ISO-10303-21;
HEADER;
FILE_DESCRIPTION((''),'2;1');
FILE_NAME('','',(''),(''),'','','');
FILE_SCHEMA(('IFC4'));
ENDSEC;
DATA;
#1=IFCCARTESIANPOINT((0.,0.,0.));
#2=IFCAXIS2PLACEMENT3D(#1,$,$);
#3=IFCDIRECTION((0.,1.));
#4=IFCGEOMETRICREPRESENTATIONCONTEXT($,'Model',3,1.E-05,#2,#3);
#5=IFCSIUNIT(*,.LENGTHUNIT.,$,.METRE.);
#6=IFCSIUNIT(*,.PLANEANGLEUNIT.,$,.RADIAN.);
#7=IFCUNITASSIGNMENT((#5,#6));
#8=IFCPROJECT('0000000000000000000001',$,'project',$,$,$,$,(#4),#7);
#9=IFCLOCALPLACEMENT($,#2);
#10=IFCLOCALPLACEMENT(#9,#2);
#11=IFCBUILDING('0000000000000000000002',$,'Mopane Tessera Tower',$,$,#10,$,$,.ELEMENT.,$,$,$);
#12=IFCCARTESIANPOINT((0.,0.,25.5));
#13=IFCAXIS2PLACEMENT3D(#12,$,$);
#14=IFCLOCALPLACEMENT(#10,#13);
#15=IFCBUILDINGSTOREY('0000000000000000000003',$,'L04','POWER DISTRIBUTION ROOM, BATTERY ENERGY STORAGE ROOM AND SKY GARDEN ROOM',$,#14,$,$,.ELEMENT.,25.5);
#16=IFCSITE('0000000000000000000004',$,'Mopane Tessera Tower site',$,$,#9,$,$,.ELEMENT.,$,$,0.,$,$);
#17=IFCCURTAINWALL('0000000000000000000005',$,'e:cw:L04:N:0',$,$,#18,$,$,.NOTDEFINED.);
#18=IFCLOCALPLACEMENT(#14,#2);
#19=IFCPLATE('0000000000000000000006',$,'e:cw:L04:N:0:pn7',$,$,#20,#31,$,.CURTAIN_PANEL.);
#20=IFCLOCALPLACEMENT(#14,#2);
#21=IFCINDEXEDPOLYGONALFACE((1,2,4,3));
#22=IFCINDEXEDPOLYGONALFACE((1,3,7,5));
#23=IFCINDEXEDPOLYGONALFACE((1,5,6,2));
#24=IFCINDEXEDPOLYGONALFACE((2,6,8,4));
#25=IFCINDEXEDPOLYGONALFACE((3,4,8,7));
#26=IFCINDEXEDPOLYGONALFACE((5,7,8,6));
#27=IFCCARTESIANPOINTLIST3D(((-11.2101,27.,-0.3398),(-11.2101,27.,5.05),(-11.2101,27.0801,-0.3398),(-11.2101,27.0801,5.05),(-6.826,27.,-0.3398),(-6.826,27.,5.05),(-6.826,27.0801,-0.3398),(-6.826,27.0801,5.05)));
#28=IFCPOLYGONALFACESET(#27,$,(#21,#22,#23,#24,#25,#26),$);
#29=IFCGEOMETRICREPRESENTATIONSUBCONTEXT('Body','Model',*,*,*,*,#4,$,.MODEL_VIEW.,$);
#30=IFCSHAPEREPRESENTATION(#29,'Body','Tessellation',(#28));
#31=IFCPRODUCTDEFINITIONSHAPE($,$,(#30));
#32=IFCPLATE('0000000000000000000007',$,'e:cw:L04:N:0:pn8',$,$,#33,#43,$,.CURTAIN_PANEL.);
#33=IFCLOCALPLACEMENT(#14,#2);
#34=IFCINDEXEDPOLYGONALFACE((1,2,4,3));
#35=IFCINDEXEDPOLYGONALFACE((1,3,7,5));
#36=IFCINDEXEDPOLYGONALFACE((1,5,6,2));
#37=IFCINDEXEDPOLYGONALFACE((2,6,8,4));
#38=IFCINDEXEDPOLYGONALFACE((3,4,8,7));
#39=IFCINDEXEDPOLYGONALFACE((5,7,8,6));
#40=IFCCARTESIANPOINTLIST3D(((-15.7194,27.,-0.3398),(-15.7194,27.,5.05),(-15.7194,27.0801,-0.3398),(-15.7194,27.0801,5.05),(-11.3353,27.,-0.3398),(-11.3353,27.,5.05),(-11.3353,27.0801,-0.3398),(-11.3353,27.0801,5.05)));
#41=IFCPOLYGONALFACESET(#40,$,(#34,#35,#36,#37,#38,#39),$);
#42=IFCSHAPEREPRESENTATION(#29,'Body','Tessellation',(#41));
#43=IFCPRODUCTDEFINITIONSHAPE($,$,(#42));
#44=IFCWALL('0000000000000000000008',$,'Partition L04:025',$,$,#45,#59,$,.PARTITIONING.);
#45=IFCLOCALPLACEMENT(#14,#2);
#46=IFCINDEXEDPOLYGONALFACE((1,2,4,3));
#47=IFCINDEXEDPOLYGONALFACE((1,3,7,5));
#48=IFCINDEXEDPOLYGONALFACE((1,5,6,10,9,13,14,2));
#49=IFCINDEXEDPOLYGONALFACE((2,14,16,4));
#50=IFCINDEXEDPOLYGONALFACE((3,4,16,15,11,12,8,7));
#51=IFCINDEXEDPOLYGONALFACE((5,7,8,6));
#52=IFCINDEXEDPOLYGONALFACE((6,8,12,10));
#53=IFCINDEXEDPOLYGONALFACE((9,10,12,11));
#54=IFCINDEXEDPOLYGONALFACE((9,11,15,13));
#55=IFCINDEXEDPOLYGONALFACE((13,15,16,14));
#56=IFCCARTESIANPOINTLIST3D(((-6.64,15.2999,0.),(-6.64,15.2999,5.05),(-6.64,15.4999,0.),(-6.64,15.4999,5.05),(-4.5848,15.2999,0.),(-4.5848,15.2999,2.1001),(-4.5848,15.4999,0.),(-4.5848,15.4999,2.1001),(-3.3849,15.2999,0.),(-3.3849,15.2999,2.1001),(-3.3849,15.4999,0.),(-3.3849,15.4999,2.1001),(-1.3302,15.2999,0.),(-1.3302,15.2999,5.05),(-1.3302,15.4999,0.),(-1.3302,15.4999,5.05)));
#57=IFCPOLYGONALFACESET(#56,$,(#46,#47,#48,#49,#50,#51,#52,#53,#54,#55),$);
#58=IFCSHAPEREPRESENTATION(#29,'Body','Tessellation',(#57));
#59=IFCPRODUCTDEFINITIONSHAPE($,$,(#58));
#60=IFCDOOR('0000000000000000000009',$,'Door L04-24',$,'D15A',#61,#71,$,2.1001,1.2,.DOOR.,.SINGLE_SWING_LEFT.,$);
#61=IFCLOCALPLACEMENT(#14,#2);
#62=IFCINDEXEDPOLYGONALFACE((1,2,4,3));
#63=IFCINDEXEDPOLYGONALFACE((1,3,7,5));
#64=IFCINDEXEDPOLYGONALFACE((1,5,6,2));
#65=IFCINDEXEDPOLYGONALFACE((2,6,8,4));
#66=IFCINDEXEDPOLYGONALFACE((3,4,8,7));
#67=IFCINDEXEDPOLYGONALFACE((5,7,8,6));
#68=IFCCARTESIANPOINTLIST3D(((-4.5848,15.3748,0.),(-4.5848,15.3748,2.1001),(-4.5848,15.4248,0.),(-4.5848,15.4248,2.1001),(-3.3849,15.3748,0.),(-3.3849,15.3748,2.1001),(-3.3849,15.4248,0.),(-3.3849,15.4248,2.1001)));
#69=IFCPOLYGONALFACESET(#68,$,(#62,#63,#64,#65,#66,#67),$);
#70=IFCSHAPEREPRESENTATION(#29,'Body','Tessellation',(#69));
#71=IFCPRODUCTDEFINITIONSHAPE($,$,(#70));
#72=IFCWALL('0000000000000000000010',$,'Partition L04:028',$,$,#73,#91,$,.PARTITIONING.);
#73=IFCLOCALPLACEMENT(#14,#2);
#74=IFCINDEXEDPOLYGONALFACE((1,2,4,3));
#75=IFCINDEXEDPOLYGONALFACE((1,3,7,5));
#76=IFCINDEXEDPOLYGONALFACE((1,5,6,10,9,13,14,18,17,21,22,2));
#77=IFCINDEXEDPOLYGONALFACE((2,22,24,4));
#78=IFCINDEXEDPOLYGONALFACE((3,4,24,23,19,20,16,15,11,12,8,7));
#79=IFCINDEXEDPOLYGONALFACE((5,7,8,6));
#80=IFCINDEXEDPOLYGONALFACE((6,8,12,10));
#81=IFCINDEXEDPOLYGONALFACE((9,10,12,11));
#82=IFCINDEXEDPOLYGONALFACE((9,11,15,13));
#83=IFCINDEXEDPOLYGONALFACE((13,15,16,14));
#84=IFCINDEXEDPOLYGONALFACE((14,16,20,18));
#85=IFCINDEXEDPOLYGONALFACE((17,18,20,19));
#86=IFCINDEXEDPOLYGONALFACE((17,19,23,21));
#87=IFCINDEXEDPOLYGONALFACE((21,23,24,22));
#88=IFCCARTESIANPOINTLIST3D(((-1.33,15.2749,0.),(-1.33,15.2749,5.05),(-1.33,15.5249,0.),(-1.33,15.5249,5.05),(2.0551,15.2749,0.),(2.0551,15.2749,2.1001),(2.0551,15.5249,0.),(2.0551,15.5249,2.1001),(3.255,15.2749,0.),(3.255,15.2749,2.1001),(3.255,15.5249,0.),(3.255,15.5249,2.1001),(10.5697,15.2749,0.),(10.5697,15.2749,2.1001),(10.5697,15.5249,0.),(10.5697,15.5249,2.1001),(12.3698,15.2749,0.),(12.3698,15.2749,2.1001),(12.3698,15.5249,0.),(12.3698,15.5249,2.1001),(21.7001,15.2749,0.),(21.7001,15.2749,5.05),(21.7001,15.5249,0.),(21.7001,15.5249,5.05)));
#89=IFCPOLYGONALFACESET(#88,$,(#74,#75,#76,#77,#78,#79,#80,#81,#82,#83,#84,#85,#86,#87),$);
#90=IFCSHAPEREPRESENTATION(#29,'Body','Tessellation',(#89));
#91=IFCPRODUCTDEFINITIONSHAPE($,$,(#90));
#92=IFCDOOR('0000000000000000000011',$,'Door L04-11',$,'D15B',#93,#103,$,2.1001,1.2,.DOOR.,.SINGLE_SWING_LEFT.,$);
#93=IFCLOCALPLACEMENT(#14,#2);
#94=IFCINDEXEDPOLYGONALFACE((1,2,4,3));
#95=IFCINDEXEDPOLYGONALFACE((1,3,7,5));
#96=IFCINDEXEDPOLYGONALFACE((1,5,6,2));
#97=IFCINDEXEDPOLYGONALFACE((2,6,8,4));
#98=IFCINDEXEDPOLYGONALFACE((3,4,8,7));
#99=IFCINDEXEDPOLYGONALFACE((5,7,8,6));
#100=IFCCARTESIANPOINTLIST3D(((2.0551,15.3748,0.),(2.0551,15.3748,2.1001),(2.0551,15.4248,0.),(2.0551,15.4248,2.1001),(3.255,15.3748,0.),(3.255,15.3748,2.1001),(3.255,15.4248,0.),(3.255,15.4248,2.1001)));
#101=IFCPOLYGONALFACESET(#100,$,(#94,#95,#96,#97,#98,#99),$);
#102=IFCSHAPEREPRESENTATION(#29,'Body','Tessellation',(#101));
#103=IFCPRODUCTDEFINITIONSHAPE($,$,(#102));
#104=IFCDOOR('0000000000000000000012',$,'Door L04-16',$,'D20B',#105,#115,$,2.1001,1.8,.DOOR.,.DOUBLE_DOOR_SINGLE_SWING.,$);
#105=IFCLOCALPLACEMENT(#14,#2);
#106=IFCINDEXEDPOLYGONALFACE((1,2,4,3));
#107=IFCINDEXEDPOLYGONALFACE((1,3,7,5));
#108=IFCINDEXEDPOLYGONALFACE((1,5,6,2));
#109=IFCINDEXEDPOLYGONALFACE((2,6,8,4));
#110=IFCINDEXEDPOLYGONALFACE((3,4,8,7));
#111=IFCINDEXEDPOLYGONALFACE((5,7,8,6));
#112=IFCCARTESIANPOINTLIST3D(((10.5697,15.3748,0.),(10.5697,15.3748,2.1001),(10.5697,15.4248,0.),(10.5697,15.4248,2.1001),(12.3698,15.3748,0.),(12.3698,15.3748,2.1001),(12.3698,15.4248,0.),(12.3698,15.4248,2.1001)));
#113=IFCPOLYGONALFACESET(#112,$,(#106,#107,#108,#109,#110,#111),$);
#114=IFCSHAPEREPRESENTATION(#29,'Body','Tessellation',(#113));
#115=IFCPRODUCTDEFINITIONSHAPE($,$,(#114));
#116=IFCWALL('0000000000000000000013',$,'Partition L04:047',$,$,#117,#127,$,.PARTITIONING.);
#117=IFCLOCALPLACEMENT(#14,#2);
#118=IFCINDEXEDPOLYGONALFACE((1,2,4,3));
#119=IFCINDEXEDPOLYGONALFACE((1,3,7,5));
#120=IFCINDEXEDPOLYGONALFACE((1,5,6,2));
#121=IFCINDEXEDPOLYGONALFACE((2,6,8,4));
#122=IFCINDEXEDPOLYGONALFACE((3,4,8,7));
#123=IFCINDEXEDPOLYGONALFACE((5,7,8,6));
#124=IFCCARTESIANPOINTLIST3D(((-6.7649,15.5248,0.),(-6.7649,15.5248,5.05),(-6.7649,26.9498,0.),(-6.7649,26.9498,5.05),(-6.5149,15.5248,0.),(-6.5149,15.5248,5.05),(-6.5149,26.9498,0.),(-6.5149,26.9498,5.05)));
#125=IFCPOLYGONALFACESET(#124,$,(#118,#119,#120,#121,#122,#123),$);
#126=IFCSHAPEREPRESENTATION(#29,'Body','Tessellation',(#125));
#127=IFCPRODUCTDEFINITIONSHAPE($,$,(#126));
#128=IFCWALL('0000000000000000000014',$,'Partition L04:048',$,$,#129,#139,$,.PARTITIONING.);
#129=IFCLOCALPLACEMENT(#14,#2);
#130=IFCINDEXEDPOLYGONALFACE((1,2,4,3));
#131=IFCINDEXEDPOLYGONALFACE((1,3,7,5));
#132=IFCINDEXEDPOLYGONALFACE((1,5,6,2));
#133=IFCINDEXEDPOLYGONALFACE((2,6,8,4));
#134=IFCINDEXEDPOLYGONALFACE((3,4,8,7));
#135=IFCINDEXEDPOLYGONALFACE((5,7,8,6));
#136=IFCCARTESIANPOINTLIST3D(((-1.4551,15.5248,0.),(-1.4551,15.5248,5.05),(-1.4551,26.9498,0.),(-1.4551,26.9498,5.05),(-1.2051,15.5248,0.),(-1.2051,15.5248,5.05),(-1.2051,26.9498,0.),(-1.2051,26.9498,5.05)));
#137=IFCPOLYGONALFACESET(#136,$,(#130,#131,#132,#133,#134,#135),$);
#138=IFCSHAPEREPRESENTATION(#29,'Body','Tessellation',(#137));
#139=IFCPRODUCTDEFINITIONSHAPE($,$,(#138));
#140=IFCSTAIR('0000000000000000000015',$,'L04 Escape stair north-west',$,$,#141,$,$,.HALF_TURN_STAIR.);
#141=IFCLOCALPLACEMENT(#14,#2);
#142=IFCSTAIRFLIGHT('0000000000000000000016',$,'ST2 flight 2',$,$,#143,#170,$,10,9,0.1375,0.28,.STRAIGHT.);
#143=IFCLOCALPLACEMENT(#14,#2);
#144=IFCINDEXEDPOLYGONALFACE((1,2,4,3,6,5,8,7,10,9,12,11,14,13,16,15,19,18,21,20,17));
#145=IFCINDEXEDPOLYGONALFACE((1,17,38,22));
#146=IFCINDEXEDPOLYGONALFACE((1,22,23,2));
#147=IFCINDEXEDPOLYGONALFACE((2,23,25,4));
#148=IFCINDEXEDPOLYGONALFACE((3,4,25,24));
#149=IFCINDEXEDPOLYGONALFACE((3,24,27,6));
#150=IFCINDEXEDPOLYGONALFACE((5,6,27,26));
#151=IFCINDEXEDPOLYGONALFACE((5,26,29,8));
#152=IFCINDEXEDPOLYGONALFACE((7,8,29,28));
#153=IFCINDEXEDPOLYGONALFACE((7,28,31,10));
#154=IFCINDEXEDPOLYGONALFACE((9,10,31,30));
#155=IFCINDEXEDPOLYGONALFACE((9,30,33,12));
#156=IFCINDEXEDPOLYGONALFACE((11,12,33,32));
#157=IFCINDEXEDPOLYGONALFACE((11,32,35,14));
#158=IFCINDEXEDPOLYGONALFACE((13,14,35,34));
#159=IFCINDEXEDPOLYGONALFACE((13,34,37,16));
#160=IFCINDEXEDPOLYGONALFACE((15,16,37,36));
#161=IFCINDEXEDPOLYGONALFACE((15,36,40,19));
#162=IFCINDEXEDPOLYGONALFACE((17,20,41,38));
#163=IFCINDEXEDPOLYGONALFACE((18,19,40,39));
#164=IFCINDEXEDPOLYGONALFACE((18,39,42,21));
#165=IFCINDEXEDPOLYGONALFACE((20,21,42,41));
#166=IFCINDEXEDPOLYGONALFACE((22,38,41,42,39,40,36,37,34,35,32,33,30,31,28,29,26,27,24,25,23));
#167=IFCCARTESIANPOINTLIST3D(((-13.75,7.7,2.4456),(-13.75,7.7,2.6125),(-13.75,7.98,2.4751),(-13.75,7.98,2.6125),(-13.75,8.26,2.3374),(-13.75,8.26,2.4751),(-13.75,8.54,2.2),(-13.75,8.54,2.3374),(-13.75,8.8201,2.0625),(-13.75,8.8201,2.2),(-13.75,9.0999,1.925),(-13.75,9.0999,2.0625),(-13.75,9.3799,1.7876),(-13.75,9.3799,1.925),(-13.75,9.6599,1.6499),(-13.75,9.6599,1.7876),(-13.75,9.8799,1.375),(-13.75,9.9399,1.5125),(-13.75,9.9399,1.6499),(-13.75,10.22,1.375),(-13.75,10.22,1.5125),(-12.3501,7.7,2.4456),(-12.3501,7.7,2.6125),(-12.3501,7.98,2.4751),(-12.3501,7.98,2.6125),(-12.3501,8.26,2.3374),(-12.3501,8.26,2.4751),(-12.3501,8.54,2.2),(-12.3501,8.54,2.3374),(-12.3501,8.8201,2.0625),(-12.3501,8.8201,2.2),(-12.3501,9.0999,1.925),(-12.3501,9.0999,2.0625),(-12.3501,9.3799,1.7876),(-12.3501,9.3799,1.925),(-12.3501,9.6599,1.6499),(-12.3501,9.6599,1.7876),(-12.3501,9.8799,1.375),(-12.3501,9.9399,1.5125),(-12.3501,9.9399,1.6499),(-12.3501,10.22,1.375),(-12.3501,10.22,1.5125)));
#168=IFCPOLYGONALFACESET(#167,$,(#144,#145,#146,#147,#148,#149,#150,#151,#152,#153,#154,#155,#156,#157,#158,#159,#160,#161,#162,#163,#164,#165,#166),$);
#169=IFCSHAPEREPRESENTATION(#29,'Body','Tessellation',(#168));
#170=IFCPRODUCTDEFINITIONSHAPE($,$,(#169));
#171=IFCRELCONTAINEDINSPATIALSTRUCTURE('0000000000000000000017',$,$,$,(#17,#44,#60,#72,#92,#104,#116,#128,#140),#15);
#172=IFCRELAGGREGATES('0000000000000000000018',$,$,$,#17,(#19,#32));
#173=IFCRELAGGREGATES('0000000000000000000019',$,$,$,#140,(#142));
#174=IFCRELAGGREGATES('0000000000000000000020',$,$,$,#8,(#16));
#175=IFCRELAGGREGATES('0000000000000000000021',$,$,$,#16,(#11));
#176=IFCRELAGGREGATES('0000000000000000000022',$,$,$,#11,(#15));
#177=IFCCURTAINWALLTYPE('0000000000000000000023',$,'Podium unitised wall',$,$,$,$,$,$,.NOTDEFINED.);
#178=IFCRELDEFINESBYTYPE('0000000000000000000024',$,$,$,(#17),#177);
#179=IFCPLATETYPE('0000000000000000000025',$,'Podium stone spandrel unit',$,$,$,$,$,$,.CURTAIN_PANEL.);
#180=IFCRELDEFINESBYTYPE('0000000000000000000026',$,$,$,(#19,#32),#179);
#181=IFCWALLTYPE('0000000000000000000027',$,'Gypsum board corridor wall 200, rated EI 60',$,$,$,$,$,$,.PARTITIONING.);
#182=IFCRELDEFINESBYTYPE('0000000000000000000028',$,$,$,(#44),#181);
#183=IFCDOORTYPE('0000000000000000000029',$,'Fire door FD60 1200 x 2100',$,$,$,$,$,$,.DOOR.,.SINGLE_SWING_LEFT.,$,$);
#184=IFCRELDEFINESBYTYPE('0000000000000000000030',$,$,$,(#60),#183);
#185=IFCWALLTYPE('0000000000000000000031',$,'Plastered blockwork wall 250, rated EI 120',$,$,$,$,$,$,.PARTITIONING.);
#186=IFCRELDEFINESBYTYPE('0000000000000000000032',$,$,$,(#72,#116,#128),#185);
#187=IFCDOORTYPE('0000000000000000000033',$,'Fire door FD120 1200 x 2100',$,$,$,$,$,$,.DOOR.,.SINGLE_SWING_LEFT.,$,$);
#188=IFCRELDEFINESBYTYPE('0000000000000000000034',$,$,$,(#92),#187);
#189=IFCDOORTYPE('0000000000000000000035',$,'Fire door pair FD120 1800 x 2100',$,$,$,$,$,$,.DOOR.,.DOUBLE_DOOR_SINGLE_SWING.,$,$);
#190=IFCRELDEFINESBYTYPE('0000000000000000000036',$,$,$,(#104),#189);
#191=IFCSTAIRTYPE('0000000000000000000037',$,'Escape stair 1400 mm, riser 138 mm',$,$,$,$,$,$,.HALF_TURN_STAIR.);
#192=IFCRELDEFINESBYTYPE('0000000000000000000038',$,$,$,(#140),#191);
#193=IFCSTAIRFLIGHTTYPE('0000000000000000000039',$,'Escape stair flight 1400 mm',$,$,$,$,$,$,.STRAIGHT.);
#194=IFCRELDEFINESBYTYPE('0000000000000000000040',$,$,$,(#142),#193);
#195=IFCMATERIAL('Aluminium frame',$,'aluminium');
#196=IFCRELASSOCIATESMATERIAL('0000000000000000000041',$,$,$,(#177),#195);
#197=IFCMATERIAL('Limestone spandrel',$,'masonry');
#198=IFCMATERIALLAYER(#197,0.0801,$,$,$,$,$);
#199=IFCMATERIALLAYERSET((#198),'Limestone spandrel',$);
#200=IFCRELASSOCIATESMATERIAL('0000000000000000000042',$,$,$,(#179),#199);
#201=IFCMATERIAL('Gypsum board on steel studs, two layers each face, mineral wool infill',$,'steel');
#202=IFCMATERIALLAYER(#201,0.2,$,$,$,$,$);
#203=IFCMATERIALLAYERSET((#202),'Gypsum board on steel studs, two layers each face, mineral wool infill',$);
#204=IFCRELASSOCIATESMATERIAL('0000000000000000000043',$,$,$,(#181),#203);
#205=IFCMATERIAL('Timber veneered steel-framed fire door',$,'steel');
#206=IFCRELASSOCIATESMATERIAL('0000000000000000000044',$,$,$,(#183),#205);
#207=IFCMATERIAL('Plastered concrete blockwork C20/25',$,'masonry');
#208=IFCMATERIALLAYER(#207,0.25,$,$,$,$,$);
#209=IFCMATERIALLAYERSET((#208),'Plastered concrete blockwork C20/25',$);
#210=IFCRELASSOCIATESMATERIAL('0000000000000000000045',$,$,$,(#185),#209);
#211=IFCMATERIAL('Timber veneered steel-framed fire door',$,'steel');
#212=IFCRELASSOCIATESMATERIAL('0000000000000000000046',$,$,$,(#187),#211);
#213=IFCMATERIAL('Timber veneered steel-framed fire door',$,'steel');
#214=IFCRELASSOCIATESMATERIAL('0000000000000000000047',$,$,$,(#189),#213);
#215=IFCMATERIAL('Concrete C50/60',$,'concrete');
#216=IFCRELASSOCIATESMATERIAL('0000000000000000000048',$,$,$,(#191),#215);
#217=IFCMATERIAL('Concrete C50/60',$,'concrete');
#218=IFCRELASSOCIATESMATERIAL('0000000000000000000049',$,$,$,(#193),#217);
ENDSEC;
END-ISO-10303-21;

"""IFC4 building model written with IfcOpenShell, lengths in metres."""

from ifc_helpers import new_model, si_unit, direction, frame, frame_2d, origin, origin_2d, place, context, subcontext, project, spatial, polyline, rectangle, outline, extrude, material, layer, layer_set, type_object, element, fill, aggregate, save


model = new_model("IFC4")

# Units and contexts
model_context = context("Model", 3, precision=1e-05, world=origin(), true_north=direction((0.0, 1.0)))
body_context = subcontext(model_context, "Body", "Model", "MODEL_VIEW")
ifc_project = project(units=[si_unit("LENGTHUNIT", "METRE"), si_unit("PLANEANGLEUNIT", "RADIAN")], contexts=[model_context])

# Site, building, storey
site_placement = place(None, origin())
site = spatial("IfcSite", under=ifc_project, at=site_placement, Name="Mopane Tessera Tower site", CompositionType="ELEMENT", RefElevation=0.0)
building_placement = place(site_placement, origin())
building = spatial("IfcBuilding", under=site, at=building_placement, Name="Mopane Tessera Tower", CompositionType="ELEMENT")
storey_placement = place(building_placement, frame((0.0, 0.0, 25.5)))
storey = spatial("IfcBuildingStorey", under=building, at=storey_placement, Name="L04", Description="POWER DISTRIBUTION ROOM, BATTERY ENERGY STORAGE ROOM AND SKY GARDEN ROOM", CompositionType="ELEMENT", Elevation=25.5)

# Curtain wall
ifc_material_1 = material(Name="Aluminium frame", Category="aluminium")
curtain_wall_type = type_object("IfcCurtainWallType", Name="Podium unitised wall", PredefinedType="NOTDEFINED", material=ifc_material_1)
curtain_wall_placement = place(storey_placement, origin())
curtain_wall = element("IfcCurtainWall", 1, at=curtain_wall_placement, inside=storey, type_object=curtain_wall_type, Name="e:cw:L04:N:0", PredefinedType="NOTDEFINED")

# Plates
ifc_material_2 = material(Name="Limestone spandrel", Category="masonry")
ifc_layer_1 = layer(ifc_material_2, 0.0801)
ifc_layer_set_1 = layer_set([ifc_layer_1], Name="Limestone spandrel")
plate_type = type_object("IfcPlateType", Name="Podium stone spandrel unit", PredefinedType="CURTAIN_PANEL", material=ifc_layer_set_1)
plate_1_placement = place(storey_placement, frame((-9.0181, 27.04, -0.3398), z_axis=(0.0, 0.0, 1.0), x_axis=(-1.0, 0.0, 0.0)))
plate_1 = element("IfcPlate", 2, at=plate_1_placement, type_object=plate_type, Name="e:cw:L04:N:0:pn7", PredefinedType="CURTAIN_PANEL", context=body_context, shape_type="SweptSolid", body=[
    extrude(rectangle(XDim=4.384, YDim=0.0801, at=origin_2d()), origin(), (0.0, 0.0, 1.0), 5.3899),
])
plate_2_placement = place(storey_placement, frame((-13.5273, 27.04, -0.3398), z_axis=(0.0, 0.0, 1.0), x_axis=(-1.0, 0.0, 0.0)))
plate_2 = element("IfcPlate", 3, at=plate_2_placement, type_object=plate_type, Name="e:cw:L04:N:0:pn8", PredefinedType="CURTAIN_PANEL", context=body_context, shape_type="SweptSolid", body=[
    extrude(rectangle(XDim=4.384, YDim=0.0801, at=origin_2d()), origin(), (0.0, 0.0, 1.0), 5.3899),
])
aggregate(curtain_wall, [plate_1, plate_2])

# Wall, opening, door
ifc_material_3 = material(Name="Gypsum board on steel studs, two layers each face, mineral wool infill", Category="steel")
ifc_layer_2 = layer(ifc_material_3, 0.2)
ifc_layer_set_2 = layer_set([ifc_layer_2], Name="Gypsum board on steel studs, two layers each face, mineral wool infill")
wall_type_1 = type_object("IfcWallType", Name="Gypsum board corridor wall 200, rated EI 60", PredefinedType="PARTITIONING", material=ifc_layer_set_2)
wall_1_placement = place(storey_placement, frame((-6.6399, 15.3999, 0.0), z_axis=(0.0, 0.0, 1.0), x_axis=(1.0, 0.0, 0.0)))
wall_1 = element("IfcWall", 4, at=wall_1_placement, inside=storey, type_object=wall_type_1, Name="Partition L04:025", PredefinedType="PARTITIONING", context=body_context, shape_type="SweptSolid", body=[
    extrude(rectangle(XDim=5.3098, YDim=0.2, at=frame_2d((2.6548, 0.0))), origin(), (0.0, 0.0, 1.0), 5.05),
])
opening_1_placement = place(wall_1_placement, frame((2.0549, 0.0, 0.0)))
opening_1 = element("IfcOpeningElement", 5, at=opening_1_placement, cuts=wall_1, PredefinedType="OPENING", context=body_context, shape_type="SweptSolid", body=[
    extrude(rectangle(XDim=1.2, YDim=2.1001, at=frame_2d((0.6001, 1.05))), frame((0.0, 0.1121, 0.0), z_axis=(0.0, -1.0, 0.0), x_axis=(1.0, 0.0, 0.0)), (0.0, 0.0, 1.0), 0.2239),
])
ifc_material_4 = material(Name="Timber veneered steel-framed fire door", Category="steel")
door_type_1 = type_object("IfcDoorType", Name="Fire door FD60 1200 x 2100", OperationType="SINGLE_SWING_LEFT", PredefinedType="DOOR", material=ifc_material_4)
door_1_placement = place(opening_1_placement, origin())
door_1 = element("IfcDoor", 6, at=door_1_placement, inside=storey, type_object=door_type_1, Name="Door L04-24", ObjectType="D15A", OperationType="SINGLE_SWING_LEFT", OverallHeight=2.1001, OverallWidth=1.2, PredefinedType="DOOR", context=body_context, shape_type="SweptSolid", body=[
    extrude(rectangle(XDim=1.2, YDim=2.1001, at=frame_2d((0.6001, 1.05))), frame((0.0, 0.0249, 0.0), z_axis=(0.0, -1.0, 0.0), x_axis=(1.0, 0.0, 0.0)), (0.0, 0.0, 1.0), 0.05),
])
fill(opening_1, door_1)

# Wall, openings, doors
ifc_material_5 = material(Name="Plastered concrete blockwork C20/25", Category="masonry")
ifc_layer_3 = layer(ifc_material_5, 0.25)
ifc_layer_set_3 = layer_set([ifc_layer_3], Name="Plastered concrete blockwork C20/25")
wall_type_2 = type_object("IfcWallType", Name="Plastered blockwork wall 250, rated EI 120", PredefinedType="PARTITIONING", material=ifc_layer_set_3)
wall_2_placement = place(storey_placement, frame((-1.3301, 15.3999, 0.0), z_axis=(0.0, 0.0, 1.0), x_axis=(1.0, 0.0, 0.0)))
wall_2 = element("IfcWall", 7, at=wall_2_placement, inside=storey, type_object=wall_type_2, Name="Partition L04:028", PredefinedType="PARTITIONING", context=body_context, shape_type="SweptSolid", body=[
    extrude(rectangle(XDim=23.03, YDim=0.25, at=frame_2d((11.5151, 0.0))), origin(), (0.0, 0.0, 1.0), 5.05),
])
opening_2_placement = place(wall_2_placement, frame((3.385, 0.0, 0.0)))
opening_2 = element("IfcOpeningElement", 8, at=opening_2_placement, cuts=wall_2, PredefinedType="OPENING", context=body_context, shape_type="SweptSolid", body=[
    extrude(rectangle(XDim=1.2, YDim=2.1001, at=frame_2d((0.6001, 1.05))), frame((0.0, 0.137, 0.0), z_axis=(0.0, -1.0, 0.0), x_axis=(1.0, 0.0, 0.0)), (0.0, 0.0, 1.0), 0.2739),
])
opening_3_placement = place(wall_2_placement, frame((11.8999, 0.0, 0.0)))
opening_3 = element("IfcOpeningElement", 9, at=opening_3_placement, cuts=wall_2, PredefinedType="OPENING", context=body_context, shape_type="SweptSolid", body=[
    extrude(rectangle(XDim=1.8, YDim=2.1001, at=frame_2d((0.8999, 1.05))), frame((0.0, 0.137, 0.0), z_axis=(0.0, -1.0, 0.0), x_axis=(1.0, 0.0, 0.0)), (0.0, 0.0, 1.0), 0.2739),
])
ifc_material_6 = material(Name="Timber veneered steel-framed fire door", Category="steel")
door_type_2 = type_object("IfcDoorType", Name="Fire door FD120 1200 x 2100", OperationType="SINGLE_SWING_LEFT", PredefinedType="DOOR", material=ifc_material_6)
door_2_placement = place(opening_2_placement, origin())
door_2 = element("IfcDoor", 10, at=door_2_placement, inside=storey, type_object=door_type_2, Name="Door L04-11", ObjectType="D15B", OperationType="SINGLE_SWING_LEFT", OverallHeight=2.1001, OverallWidth=1.2, PredefinedType="DOOR", context=body_context, shape_type="SweptSolid", body=[
    extrude(rectangle(XDim=1.2, YDim=2.1001, at=frame_2d((0.6001, 1.05))), frame((0.0, 0.0249, 0.0), z_axis=(0.0, -1.0, 0.0), x_axis=(1.0, 0.0, 0.0)), (0.0, 0.0, 1.0), 0.05),
])
fill(opening_2, door_2)
ifc_material_7 = material(Name="Timber veneered steel-framed fire door", Category="steel")
door_type_3 = type_object("IfcDoorType", Name="Fire door pair FD120 1800 x 2100", OperationType="DOUBLE_DOOR_SINGLE_SWING", PredefinedType="DOOR", material=ifc_material_7)
door_3_placement = place(opening_3_placement, origin())
door_3 = element("IfcDoor", 11, at=door_3_placement, inside=storey, type_object=door_type_3, Name="Door L04-16", ObjectType="D20B", OperationType="DOUBLE_DOOR_SINGLE_SWING", OverallHeight=2.1001, OverallWidth=1.8, PredefinedType="DOOR", context=body_context, shape_type="SweptSolid", body=[
    extrude(rectangle(XDim=1.8, YDim=2.1001, at=frame_2d((0.8999, 1.05))), frame((0.0, 0.0249, 0.0), z_axis=(0.0, -1.0, 0.0), x_axis=(1.0, 0.0, 0.0)), (0.0, 0.0, 1.0), 0.05),
])
fill(opening_3, door_3)

# Walls
for number, where, z_axis, x_axis, name in (
    (12, (-6.6399, 15.5249, 0.0), (0.0, 0.0, 1.0), (0.0, 1.0, 0.0), "Partition L04:047"),
    (13, (-1.3301, 15.5249, 0.0), (0.0, 0.0, 1.0), (0.0, 1.0, 0.0), "Partition L04:048"),
):
    element("IfcWall", number, at=place(storey_placement, frame(where, z_axis=z_axis, x_axis=x_axis)), inside=storey, type_object=wall_type_2, Name=name, PredefinedType="PARTITIONING", context=body_context, shape_type="SweptSolid", body=[
        extrude(rectangle(XDim=11.425, YDim=0.25, at=frame_2d((5.7124, 0.0))), origin(), (0.0, 0.0, 1.0), 5.05),
    ])

# Stair, stair flight
ifc_material_8 = material(Name="Concrete C50/60", Category="concrete")
stair_type = type_object("IfcStairType", Name="Escape stair 1400 mm, riser 138 mm", PredefinedType="HALF_TURN_STAIR", material=ifc_material_8)
stair_placement = place(storey_placement, origin())
stair = element("IfcStair", 14, at=stair_placement, inside=storey, type_object=stair_type, Name="L04 Escape stair north-west", PredefinedType="HALF_TURN_STAIR")
ifc_material_9 = material(Name="Concrete C50/60", Category="concrete")
stair_flight_type = type_object("IfcStairFlightType", Name="Escape stair flight 1400 mm", PredefinedType="STRAIGHT", material=ifc_material_9)
stair_flight_1_placement = place(storey_placement, frame((-13.05, 10.22, 1.375), z_axis=(0.0, 0.0, 1.0), x_axis=(0.0, -1.0, 0.0)))
stair_flight_1 = element("IfcStairFlight", 15, at=stair_flight_1_placement, type_object=stair_flight_type, Name="ST2 flight 2", NumberOfRisers=10, NumberOfTreads=9, PredefinedType="STRAIGHT", RiserHeight=0.1375, TreadLength=0.28, context=body_context, shape_type="SweptSolid", body=[
    extrude(outline(polyline([(0.0, 0.0), (0.0, 0.1375), (0.28, 0.1375), (0.28, 0.2749), (0.5601, 0.2749), (0.5601, 0.4126), (0.8401, 0.4126), (0.8401, 0.55), (1.1201, 0.55), (1.1201, 0.6875), (1.3999, 0.6875), (1.3999, 0.825), (1.6799, 0.825), (1.6799, 0.9624), (1.96, 0.9624), (1.96, 1.1001), (2.24, 1.1001), (2.24, 1.2375), (2.52, 1.2375), (2.52, 1.375), (2.52, 1.0706), (0.3401, 0.0), (0.0, 0.0)])), frame((0.0, 0.7, 0.0), z_axis=(0.0, -1.0, 0.0), x_axis=(1.0, 0.0, 0.0)), (0.0, 0.0, 1.0), 1.3999),
])
aggregate(stair, [stair_flight_1])

save(model, "model.ifc")
